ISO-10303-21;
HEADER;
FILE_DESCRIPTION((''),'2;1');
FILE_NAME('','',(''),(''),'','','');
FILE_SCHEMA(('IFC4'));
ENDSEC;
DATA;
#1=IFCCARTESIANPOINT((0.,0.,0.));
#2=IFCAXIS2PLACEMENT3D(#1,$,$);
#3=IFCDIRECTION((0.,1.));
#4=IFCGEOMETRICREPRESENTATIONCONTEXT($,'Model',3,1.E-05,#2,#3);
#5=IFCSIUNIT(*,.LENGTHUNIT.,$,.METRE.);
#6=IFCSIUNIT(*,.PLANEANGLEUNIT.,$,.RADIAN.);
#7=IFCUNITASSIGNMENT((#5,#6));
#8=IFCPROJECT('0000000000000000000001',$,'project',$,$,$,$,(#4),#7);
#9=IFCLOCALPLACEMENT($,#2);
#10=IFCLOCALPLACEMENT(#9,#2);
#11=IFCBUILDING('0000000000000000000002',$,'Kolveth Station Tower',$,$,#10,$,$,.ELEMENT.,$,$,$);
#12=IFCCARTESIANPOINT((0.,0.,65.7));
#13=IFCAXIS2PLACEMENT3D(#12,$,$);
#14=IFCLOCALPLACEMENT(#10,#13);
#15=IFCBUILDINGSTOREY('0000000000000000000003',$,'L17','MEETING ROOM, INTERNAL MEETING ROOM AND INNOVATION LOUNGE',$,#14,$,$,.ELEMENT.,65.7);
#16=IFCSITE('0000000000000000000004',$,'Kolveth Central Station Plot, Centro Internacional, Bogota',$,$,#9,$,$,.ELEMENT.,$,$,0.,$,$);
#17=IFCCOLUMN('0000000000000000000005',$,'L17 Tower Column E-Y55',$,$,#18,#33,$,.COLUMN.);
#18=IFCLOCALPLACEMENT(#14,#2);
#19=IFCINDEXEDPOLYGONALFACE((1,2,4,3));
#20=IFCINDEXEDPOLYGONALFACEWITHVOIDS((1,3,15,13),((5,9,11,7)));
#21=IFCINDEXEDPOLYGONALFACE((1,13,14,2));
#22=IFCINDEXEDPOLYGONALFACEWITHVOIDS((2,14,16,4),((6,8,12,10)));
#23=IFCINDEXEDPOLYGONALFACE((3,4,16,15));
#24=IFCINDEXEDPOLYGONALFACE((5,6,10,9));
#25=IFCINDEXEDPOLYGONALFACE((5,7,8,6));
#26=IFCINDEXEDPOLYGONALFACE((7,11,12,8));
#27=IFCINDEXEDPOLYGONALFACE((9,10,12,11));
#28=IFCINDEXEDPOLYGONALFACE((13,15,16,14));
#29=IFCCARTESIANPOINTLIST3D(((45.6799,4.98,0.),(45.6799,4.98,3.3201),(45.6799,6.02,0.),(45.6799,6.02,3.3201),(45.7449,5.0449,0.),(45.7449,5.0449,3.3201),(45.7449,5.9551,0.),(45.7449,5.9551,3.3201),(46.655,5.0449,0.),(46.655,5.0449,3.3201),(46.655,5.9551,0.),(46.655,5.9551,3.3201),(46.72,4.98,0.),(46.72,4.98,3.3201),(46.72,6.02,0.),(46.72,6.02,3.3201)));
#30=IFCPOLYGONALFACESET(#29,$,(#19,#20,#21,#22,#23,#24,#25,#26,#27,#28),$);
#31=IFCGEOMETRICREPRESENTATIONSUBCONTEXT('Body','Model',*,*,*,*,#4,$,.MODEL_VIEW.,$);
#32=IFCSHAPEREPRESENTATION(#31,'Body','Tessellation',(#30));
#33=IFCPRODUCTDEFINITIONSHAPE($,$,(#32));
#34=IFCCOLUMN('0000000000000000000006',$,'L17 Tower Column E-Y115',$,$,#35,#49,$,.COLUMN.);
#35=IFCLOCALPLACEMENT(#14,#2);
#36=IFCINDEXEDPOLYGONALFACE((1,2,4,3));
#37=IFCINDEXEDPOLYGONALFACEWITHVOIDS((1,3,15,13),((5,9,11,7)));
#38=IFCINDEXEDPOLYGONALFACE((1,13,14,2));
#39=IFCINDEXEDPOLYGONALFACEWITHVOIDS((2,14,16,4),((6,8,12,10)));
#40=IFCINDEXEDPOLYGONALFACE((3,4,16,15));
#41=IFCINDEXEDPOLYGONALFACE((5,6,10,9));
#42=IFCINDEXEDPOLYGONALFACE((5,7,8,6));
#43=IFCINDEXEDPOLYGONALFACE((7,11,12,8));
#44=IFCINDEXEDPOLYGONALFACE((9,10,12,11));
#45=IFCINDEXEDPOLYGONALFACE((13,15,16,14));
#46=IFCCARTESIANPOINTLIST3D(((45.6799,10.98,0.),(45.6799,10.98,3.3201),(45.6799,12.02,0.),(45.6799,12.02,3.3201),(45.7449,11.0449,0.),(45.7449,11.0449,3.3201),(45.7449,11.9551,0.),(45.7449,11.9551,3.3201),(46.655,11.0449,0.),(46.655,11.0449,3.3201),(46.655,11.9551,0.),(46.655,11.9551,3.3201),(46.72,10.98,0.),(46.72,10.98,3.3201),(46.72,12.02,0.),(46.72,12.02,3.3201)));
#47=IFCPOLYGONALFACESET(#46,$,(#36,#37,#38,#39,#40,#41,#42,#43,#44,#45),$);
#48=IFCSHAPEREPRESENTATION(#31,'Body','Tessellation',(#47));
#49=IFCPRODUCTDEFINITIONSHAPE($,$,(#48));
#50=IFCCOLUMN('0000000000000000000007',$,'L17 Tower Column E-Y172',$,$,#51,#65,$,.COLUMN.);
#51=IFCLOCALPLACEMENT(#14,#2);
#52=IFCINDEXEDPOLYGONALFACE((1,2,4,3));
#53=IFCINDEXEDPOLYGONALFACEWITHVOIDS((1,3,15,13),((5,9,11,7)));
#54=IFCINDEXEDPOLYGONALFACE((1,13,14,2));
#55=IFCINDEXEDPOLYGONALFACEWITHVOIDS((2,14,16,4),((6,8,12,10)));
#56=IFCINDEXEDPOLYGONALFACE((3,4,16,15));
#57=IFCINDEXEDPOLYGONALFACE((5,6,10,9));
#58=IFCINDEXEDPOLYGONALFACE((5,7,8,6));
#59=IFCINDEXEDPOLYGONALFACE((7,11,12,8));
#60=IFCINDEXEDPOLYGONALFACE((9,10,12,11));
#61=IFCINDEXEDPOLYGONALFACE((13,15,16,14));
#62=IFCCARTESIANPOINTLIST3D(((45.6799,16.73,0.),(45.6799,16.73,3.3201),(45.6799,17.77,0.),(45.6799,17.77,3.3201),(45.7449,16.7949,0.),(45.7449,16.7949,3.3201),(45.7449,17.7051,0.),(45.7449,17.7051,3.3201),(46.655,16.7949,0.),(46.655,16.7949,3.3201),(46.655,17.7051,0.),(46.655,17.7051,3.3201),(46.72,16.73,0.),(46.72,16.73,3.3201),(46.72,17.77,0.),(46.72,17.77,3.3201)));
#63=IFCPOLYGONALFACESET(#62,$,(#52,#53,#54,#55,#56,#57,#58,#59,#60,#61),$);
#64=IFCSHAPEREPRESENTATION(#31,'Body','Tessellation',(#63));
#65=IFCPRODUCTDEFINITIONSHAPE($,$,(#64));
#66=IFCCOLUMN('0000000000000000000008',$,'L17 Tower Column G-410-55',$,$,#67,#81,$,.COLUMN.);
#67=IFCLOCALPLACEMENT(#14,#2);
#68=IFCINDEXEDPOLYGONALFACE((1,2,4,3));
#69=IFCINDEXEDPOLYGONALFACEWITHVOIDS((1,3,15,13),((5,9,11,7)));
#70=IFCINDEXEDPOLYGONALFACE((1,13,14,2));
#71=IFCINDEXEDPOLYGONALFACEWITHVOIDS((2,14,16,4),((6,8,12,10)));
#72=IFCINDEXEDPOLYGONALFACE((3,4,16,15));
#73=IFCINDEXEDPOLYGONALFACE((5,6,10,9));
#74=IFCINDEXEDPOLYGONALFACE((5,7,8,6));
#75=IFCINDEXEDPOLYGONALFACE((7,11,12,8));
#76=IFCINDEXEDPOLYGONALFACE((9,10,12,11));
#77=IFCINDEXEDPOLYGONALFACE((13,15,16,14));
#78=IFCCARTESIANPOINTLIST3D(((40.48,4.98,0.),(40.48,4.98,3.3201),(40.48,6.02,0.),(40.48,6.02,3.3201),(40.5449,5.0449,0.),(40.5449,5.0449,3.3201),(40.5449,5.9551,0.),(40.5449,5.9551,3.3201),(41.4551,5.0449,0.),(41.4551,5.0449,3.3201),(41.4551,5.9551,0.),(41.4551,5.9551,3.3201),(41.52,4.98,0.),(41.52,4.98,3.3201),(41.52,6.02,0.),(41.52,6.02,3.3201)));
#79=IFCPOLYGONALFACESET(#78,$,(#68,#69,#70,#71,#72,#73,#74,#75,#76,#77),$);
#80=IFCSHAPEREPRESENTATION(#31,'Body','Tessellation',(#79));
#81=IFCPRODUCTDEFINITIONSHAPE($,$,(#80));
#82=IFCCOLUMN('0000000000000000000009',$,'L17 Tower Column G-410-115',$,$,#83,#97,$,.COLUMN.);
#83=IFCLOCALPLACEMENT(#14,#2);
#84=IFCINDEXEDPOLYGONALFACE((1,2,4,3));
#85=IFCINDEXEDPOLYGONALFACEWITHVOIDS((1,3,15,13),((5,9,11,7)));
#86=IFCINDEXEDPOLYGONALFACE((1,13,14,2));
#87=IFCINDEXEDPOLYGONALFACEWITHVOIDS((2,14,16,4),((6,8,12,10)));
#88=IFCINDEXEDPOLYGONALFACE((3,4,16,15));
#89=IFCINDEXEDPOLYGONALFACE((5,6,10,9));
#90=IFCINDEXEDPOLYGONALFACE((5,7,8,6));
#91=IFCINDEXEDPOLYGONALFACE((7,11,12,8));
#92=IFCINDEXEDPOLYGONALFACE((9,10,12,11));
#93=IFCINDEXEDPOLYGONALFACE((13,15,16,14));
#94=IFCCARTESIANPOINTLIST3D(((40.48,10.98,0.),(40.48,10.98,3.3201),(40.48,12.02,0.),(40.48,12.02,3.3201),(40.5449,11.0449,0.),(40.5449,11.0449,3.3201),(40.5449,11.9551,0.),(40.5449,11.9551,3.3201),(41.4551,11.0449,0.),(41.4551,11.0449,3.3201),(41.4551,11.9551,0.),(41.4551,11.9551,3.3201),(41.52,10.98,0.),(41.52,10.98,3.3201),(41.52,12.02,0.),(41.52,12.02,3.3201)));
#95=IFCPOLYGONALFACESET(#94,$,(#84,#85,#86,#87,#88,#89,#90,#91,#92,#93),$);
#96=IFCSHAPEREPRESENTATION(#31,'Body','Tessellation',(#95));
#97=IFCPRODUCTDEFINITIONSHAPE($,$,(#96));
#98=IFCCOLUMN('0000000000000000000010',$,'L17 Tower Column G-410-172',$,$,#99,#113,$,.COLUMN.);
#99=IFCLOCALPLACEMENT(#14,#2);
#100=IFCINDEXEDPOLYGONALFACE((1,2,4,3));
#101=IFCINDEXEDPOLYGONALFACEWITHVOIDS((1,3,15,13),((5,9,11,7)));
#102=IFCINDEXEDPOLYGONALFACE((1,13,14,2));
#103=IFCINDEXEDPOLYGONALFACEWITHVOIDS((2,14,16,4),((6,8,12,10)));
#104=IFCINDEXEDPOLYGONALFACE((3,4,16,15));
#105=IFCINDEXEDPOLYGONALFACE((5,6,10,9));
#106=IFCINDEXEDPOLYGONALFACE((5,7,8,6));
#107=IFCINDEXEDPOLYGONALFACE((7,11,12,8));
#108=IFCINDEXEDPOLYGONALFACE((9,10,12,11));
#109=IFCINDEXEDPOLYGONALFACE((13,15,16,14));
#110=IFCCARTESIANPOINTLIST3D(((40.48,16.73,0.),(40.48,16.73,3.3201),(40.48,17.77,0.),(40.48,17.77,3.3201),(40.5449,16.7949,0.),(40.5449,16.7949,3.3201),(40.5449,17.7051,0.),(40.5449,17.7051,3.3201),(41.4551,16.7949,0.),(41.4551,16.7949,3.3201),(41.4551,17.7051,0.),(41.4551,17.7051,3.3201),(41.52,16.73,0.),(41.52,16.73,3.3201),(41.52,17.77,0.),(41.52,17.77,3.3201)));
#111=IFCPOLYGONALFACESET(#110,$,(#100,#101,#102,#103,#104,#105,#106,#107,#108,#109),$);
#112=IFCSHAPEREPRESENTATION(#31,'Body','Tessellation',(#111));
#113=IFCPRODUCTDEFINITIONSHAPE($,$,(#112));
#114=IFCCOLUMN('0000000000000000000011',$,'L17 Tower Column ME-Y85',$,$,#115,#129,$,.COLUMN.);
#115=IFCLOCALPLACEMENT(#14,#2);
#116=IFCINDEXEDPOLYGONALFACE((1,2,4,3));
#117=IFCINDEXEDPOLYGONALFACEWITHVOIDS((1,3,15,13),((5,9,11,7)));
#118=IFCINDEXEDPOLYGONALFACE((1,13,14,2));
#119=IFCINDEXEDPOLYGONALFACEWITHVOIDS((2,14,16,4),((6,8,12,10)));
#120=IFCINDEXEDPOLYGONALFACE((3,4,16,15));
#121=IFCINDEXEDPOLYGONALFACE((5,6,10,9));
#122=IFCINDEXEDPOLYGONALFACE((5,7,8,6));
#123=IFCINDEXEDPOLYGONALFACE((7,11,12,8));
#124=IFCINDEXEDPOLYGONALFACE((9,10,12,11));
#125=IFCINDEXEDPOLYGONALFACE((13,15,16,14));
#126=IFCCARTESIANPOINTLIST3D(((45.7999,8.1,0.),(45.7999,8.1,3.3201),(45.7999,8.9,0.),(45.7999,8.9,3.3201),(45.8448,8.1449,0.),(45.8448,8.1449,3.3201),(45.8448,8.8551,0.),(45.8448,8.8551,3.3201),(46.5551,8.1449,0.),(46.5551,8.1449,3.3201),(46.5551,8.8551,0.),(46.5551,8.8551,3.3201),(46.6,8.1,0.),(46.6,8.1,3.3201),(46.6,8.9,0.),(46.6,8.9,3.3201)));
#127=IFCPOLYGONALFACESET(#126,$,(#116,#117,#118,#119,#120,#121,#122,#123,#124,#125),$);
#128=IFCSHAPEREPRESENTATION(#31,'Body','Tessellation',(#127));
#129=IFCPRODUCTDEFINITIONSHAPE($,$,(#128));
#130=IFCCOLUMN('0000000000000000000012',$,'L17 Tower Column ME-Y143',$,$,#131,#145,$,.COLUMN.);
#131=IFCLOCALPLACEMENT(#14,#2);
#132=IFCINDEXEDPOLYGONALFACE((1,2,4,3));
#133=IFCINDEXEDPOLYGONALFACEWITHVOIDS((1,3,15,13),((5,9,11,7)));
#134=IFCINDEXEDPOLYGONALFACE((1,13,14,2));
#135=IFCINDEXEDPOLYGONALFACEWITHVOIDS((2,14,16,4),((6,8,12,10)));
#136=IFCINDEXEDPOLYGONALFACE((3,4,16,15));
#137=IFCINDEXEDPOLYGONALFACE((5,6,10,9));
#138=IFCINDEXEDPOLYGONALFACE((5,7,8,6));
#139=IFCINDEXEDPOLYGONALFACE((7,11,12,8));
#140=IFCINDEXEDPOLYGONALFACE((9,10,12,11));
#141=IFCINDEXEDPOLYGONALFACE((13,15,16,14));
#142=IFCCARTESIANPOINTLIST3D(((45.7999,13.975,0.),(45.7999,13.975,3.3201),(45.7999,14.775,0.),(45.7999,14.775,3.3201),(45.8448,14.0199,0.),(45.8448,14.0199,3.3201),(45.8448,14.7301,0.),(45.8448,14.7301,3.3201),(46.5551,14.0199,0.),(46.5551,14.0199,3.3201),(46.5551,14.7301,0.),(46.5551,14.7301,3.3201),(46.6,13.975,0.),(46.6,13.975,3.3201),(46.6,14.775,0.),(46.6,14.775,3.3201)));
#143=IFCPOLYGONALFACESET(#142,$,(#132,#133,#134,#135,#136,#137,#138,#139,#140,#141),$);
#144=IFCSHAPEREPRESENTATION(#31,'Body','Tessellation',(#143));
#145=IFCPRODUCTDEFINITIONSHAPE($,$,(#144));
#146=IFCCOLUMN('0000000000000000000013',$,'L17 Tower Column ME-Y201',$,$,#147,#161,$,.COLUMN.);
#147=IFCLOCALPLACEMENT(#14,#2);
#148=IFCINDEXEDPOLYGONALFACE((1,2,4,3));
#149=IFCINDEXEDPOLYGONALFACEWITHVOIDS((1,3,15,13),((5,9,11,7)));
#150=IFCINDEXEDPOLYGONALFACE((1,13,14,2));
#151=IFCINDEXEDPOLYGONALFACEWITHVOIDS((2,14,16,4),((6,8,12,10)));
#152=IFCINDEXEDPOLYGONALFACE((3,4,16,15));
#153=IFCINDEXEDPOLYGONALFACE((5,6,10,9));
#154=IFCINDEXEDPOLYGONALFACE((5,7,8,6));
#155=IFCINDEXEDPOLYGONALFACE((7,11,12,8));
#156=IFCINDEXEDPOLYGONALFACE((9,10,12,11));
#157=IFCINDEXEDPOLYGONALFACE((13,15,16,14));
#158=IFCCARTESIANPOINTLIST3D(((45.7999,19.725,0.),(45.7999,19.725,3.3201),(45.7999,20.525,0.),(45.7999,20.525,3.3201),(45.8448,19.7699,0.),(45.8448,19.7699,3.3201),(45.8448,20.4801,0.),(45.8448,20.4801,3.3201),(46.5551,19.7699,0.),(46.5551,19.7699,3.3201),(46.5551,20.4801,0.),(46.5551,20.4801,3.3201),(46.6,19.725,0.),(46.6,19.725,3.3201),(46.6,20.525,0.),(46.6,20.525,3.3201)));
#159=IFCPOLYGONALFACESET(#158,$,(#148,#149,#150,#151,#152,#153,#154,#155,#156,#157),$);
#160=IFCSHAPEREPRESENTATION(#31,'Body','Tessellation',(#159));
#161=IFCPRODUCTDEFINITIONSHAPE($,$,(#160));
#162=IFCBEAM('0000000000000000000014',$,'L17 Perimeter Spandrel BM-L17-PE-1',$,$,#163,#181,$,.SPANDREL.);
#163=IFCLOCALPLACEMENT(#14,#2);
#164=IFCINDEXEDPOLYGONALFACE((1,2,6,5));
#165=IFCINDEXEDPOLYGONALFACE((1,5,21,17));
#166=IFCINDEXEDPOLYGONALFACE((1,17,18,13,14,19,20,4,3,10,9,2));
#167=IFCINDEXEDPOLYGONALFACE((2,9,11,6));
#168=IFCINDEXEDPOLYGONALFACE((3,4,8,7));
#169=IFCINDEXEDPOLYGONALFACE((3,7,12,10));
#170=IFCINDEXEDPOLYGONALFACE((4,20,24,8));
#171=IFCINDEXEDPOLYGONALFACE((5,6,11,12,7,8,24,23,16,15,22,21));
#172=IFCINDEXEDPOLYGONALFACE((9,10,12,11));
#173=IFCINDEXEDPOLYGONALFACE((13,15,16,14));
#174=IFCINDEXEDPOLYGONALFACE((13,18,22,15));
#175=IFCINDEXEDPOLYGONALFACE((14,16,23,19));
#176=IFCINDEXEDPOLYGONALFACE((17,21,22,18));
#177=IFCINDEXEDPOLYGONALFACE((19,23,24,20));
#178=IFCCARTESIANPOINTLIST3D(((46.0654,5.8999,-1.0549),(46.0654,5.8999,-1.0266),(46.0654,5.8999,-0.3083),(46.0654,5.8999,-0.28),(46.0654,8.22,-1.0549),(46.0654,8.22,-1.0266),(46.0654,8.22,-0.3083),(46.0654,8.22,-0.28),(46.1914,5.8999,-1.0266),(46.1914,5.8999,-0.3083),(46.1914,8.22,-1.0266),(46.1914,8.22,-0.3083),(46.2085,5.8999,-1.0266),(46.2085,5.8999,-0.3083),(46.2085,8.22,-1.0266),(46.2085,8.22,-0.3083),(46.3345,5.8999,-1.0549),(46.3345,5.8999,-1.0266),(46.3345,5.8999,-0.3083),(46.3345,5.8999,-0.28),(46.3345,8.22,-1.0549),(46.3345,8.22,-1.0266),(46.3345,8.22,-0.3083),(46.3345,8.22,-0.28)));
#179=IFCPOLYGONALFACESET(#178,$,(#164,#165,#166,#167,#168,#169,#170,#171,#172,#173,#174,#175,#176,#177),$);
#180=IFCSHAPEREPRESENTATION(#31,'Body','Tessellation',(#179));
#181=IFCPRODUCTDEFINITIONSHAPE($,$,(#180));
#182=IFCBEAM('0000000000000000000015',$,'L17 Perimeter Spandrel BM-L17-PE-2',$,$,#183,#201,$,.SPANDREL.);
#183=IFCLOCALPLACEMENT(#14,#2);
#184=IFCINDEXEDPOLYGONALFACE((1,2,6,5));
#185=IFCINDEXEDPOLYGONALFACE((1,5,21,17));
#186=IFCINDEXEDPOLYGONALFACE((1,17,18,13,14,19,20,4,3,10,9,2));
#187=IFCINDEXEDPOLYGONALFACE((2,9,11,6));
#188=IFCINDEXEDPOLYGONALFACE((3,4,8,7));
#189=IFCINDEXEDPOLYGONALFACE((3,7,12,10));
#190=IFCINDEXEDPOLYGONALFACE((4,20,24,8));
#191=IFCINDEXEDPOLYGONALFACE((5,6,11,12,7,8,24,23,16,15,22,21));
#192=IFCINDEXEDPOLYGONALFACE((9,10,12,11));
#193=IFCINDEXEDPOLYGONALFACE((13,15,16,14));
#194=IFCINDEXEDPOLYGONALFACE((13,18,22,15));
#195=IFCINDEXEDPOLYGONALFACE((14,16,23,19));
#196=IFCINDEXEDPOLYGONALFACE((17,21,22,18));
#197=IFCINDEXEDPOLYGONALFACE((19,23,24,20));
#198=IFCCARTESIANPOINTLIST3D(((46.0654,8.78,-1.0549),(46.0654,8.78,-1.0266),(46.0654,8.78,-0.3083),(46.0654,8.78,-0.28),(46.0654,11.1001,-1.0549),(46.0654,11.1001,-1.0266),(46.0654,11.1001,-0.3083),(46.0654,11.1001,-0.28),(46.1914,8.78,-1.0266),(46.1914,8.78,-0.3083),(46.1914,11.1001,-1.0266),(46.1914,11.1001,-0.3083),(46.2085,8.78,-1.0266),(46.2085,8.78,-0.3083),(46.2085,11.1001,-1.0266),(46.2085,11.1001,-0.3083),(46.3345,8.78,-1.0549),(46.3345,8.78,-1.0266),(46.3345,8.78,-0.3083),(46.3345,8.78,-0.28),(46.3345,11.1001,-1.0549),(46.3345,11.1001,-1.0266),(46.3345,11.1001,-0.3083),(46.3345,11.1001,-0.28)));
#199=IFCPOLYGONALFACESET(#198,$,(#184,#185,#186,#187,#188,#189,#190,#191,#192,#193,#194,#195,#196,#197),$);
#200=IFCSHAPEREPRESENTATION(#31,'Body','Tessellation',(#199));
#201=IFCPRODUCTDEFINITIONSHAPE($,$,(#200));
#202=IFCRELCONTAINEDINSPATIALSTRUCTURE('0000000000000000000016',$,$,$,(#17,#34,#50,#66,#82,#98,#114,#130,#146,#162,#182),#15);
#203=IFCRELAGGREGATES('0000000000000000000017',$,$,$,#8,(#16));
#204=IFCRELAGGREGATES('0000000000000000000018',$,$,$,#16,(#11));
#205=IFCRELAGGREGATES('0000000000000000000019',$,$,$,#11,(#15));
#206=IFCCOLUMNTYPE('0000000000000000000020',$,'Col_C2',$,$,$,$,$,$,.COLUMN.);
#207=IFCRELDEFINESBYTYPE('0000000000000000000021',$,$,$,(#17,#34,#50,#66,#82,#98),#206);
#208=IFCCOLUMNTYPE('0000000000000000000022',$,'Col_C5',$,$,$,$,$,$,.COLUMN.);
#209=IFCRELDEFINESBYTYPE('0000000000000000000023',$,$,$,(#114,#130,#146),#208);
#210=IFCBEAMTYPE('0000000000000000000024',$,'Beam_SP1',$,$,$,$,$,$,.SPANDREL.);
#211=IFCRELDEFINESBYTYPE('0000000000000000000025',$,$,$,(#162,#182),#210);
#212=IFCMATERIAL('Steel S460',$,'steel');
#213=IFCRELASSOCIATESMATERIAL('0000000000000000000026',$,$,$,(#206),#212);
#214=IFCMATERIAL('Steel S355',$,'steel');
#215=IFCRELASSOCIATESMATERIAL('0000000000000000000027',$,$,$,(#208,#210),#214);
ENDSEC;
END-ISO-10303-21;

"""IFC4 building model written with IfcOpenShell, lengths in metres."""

from ifc_helpers import new_model, si_unit, direction, frame, origin, origin_2d, place, context, subcontext, project, spatial, hollow_rectangle, i_section, extrude, source, transform, mapped, material, material_profile, profile_set, type_object, element, save


model = new_model("IFC4")

# Units and contexts
model_context = context("Model", 3, precision=1e-05, world=origin(), true_north=direction((0.0, 1.0)))
body_context = subcontext(model_context, "Body", "Model", "MODEL_VIEW")
ifc_project = project(units=[si_unit("LENGTHUNIT", "METRE"), si_unit("PLANEANGLEUNIT", "RADIAN")], contexts=[model_context])

# Site, building, storey
site_placement = place(None, origin())
site = spatial("IfcSite", under=ifc_project, at=site_placement, Name="Kolveth Central Station Plot, Centro Internacional, Bogota", CompositionType="ELEMENT", RefElevation=0.0)
building_placement = place(site_placement, origin())
building = spatial("IfcBuilding", under=site, at=building_placement, Name="Kolveth Station Tower", CompositionType="ELEMENT")
storey_placement = place(building_placement, frame((0.0, 0.0, 65.7)))
storey = spatial("IfcBuildingStorey", under=building, at=storey_placement, Name="L17", Description="MEETING ROOM, INTERNAL MEETING ROOM AND INNOVATION LOUNGE", CompositionType="ELEMENT", Elevation=65.7)

# Columns
ifc_material_1 = material(Name="Steel S460", Category="steel")
ifc_material_profile_1 = material_profile(ifc_material_1, hollow_rectangle(XDim=1.04, YDim=1.04, WallThickness=0.0649, at=origin_2d()), Name="BOX1040x1040x65")
ifc_profile_set_1 = profile_set([ifc_material_profile_1], Name="Steel S460")
column_type_1 = type_object("IfcColumnType", Name="Col_C2", PredefinedType="COLUMN", material=ifc_profile_set_1)
shared_shape_1 = source(origin(), body_context, "Body", "SweptSolid", [
    extrude(hollow_rectangle(XDim=1.04, YDim=1.04, WallThickness=0.0649, at=origin_2d()), origin(), (0.0, 0.0, 1.0), 3.3201),
])
for number, where, z_axis, x_axis, name in (
    (1, (46.2, 5.5, 0.0), (0.0, 0.0, 1.0), (1.0, 0.0, 0.0), "L17 Tower Column E-Y55"),
    (2, (46.2, 11.5, 0.0), (0.0, 0.0, 1.0), (1.0, 0.0, 0.0), "L17 Tower Column E-Y115"),
    (3, (46.2, 17.25, 0.0), (0.0, 0.0, 1.0), (1.0, 0.0, 0.0), "L17 Tower Column E-Y172"),
    (4, (41.0, 5.5, 0.0), (0.0, 0.0, 1.0), (1.0, 0.0, 0.0), "L17 Tower Column G-410-55"),
    (5, (41.0, 11.5, 0.0), (0.0, 0.0, 1.0), (1.0, 0.0, 0.0), "L17 Tower Column G-410-115"),
    (6, (41.0, 17.25, 0.0), (0.0, 0.0, 1.0), (1.0, 0.0, 0.0), "L17 Tower Column G-410-172"),
):
    element("IfcColumn", number, at=place(storey_placement, frame(where, z_axis=z_axis, x_axis=x_axis)), inside=storey, type_object=column_type_1, Name=name, PredefinedType="COLUMN", context=body_context, shape_type="MappedRepresentation", body=[
        mapped(shared_shape_1, transform((0.0, 0.0, 0.0), x_axis=(1.0, 0.0, 0.0), y_axis=(0.0, 1.0, 0.0), z_axis=(0.0, 0.0, 1.0), scale=1.0)),
    ])
ifc_material_2 = material(Name="Steel S355", Category="steel")
ifc_material_profile_2 = material_profile(ifc_material_2, hollow_rectangle(XDim=0.8, YDim=0.8, WallThickness=0.0449, at=origin_2d()), Name="BOX800x800x45")
ifc_profile_set_2 = profile_set([ifc_material_profile_2], Name="Steel S355")
column_type_2 = type_object("IfcColumnType", Name="Col_C5", PredefinedType="COLUMN", material=ifc_profile_set_2)
shared_shape_2 = source(origin(), body_context, "Body", "SweptSolid", [
    extrude(hollow_rectangle(XDim=0.8, YDim=0.8, WallThickness=0.0449, at=origin_2d()), origin(), (0.0, 0.0, 1.0), 3.3201),
])
for number, where, z_axis, x_axis, name in (
    (7, (46.2, 8.5, 0.0), (0.0, 0.0, 1.0), (1.0, 0.0, 0.0), "L17 Tower Column ME-Y85"),
    (8, (46.2, 14.375, 0.0), (0.0, 0.0, 1.0), (1.0, 0.0, 0.0), "L17 Tower Column ME-Y143"),
    (9, (46.2, 20.125, 0.0), (0.0, 0.0, 1.0), (1.0, 0.0, 0.0), "L17 Tower Column ME-Y201"),
):
    element("IfcColumn", number, at=place(storey_placement, frame(where, z_axis=z_axis, x_axis=x_axis)), inside=storey, type_object=column_type_2, Name=name, PredefinedType="COLUMN", context=body_context, shape_type="MappedRepresentation", body=[
        mapped(shared_shape_2, transform((0.0, 0.0, 0.0), x_axis=(1.0, 0.0, 0.0), y_axis=(0.0, 1.0, 0.0), z_axis=(0.0, 0.0, 1.0), scale=1.0)),
    ])

# Beams
ifc_material_profile_3 = material_profile(ifc_material_2, i_section(OverallWidth=0.269, OverallDepth=0.7749, WebThickness=0.0171, FlangeThickness=0.0283, at=origin_2d()), Name="W760x220")
ifc_profile_set_3 = profile_set([ifc_material_profile_3], Name="Steel S355")
beam_type_1 = type_object("IfcBeamType", Name="Beam_SP1", PredefinedType="SPANDREL", material=ifc_profile_set_3)
shared_shape_3 = source(origin(), body_context, "Body", "SweptSolid", [
    extrude(i_section(OverallWidth=0.269, OverallDepth=0.7749, WebThickness=0.0171, FlangeThickness=0.0283, at=origin_2d()), origin(), (0.0, 0.0, 1.0), 2.3201),
])
for number, where, z_axis, x_axis, name in (
    (10, (46.2, 5.8999, -0.6675), (0.0, 1.0, 0.0), (-1.0, 0.0, 0.0), "L17 Perimeter Spandrel BM-L17-PE-1"),
    (11, (46.2, 8.78, -0.6675), (0.0, 1.0, 0.0), (-1.0, 0.0, 0.0), "L17 Perimeter Spandrel BM-L17-PE-2"),
):
    element("IfcBeam", number, at=place(storey_placement, frame(where, z_axis=z_axis, x_axis=x_axis)), inside=storey, type_object=beam_type_1, Name=name, PredefinedType="SPANDREL", context=body_context, shape_type="MappedRepresentation", body=[
        mapped(shared_shape_3, transform((0.0, 0.0, 0.0), x_axis=(1.0, 0.0, 0.0), y_axis=(0.0, 1.0, 0.0), z_axis=(0.0, 0.0, 1.0), scale=1.0)),
    ])

save(model, "model.ifc")
